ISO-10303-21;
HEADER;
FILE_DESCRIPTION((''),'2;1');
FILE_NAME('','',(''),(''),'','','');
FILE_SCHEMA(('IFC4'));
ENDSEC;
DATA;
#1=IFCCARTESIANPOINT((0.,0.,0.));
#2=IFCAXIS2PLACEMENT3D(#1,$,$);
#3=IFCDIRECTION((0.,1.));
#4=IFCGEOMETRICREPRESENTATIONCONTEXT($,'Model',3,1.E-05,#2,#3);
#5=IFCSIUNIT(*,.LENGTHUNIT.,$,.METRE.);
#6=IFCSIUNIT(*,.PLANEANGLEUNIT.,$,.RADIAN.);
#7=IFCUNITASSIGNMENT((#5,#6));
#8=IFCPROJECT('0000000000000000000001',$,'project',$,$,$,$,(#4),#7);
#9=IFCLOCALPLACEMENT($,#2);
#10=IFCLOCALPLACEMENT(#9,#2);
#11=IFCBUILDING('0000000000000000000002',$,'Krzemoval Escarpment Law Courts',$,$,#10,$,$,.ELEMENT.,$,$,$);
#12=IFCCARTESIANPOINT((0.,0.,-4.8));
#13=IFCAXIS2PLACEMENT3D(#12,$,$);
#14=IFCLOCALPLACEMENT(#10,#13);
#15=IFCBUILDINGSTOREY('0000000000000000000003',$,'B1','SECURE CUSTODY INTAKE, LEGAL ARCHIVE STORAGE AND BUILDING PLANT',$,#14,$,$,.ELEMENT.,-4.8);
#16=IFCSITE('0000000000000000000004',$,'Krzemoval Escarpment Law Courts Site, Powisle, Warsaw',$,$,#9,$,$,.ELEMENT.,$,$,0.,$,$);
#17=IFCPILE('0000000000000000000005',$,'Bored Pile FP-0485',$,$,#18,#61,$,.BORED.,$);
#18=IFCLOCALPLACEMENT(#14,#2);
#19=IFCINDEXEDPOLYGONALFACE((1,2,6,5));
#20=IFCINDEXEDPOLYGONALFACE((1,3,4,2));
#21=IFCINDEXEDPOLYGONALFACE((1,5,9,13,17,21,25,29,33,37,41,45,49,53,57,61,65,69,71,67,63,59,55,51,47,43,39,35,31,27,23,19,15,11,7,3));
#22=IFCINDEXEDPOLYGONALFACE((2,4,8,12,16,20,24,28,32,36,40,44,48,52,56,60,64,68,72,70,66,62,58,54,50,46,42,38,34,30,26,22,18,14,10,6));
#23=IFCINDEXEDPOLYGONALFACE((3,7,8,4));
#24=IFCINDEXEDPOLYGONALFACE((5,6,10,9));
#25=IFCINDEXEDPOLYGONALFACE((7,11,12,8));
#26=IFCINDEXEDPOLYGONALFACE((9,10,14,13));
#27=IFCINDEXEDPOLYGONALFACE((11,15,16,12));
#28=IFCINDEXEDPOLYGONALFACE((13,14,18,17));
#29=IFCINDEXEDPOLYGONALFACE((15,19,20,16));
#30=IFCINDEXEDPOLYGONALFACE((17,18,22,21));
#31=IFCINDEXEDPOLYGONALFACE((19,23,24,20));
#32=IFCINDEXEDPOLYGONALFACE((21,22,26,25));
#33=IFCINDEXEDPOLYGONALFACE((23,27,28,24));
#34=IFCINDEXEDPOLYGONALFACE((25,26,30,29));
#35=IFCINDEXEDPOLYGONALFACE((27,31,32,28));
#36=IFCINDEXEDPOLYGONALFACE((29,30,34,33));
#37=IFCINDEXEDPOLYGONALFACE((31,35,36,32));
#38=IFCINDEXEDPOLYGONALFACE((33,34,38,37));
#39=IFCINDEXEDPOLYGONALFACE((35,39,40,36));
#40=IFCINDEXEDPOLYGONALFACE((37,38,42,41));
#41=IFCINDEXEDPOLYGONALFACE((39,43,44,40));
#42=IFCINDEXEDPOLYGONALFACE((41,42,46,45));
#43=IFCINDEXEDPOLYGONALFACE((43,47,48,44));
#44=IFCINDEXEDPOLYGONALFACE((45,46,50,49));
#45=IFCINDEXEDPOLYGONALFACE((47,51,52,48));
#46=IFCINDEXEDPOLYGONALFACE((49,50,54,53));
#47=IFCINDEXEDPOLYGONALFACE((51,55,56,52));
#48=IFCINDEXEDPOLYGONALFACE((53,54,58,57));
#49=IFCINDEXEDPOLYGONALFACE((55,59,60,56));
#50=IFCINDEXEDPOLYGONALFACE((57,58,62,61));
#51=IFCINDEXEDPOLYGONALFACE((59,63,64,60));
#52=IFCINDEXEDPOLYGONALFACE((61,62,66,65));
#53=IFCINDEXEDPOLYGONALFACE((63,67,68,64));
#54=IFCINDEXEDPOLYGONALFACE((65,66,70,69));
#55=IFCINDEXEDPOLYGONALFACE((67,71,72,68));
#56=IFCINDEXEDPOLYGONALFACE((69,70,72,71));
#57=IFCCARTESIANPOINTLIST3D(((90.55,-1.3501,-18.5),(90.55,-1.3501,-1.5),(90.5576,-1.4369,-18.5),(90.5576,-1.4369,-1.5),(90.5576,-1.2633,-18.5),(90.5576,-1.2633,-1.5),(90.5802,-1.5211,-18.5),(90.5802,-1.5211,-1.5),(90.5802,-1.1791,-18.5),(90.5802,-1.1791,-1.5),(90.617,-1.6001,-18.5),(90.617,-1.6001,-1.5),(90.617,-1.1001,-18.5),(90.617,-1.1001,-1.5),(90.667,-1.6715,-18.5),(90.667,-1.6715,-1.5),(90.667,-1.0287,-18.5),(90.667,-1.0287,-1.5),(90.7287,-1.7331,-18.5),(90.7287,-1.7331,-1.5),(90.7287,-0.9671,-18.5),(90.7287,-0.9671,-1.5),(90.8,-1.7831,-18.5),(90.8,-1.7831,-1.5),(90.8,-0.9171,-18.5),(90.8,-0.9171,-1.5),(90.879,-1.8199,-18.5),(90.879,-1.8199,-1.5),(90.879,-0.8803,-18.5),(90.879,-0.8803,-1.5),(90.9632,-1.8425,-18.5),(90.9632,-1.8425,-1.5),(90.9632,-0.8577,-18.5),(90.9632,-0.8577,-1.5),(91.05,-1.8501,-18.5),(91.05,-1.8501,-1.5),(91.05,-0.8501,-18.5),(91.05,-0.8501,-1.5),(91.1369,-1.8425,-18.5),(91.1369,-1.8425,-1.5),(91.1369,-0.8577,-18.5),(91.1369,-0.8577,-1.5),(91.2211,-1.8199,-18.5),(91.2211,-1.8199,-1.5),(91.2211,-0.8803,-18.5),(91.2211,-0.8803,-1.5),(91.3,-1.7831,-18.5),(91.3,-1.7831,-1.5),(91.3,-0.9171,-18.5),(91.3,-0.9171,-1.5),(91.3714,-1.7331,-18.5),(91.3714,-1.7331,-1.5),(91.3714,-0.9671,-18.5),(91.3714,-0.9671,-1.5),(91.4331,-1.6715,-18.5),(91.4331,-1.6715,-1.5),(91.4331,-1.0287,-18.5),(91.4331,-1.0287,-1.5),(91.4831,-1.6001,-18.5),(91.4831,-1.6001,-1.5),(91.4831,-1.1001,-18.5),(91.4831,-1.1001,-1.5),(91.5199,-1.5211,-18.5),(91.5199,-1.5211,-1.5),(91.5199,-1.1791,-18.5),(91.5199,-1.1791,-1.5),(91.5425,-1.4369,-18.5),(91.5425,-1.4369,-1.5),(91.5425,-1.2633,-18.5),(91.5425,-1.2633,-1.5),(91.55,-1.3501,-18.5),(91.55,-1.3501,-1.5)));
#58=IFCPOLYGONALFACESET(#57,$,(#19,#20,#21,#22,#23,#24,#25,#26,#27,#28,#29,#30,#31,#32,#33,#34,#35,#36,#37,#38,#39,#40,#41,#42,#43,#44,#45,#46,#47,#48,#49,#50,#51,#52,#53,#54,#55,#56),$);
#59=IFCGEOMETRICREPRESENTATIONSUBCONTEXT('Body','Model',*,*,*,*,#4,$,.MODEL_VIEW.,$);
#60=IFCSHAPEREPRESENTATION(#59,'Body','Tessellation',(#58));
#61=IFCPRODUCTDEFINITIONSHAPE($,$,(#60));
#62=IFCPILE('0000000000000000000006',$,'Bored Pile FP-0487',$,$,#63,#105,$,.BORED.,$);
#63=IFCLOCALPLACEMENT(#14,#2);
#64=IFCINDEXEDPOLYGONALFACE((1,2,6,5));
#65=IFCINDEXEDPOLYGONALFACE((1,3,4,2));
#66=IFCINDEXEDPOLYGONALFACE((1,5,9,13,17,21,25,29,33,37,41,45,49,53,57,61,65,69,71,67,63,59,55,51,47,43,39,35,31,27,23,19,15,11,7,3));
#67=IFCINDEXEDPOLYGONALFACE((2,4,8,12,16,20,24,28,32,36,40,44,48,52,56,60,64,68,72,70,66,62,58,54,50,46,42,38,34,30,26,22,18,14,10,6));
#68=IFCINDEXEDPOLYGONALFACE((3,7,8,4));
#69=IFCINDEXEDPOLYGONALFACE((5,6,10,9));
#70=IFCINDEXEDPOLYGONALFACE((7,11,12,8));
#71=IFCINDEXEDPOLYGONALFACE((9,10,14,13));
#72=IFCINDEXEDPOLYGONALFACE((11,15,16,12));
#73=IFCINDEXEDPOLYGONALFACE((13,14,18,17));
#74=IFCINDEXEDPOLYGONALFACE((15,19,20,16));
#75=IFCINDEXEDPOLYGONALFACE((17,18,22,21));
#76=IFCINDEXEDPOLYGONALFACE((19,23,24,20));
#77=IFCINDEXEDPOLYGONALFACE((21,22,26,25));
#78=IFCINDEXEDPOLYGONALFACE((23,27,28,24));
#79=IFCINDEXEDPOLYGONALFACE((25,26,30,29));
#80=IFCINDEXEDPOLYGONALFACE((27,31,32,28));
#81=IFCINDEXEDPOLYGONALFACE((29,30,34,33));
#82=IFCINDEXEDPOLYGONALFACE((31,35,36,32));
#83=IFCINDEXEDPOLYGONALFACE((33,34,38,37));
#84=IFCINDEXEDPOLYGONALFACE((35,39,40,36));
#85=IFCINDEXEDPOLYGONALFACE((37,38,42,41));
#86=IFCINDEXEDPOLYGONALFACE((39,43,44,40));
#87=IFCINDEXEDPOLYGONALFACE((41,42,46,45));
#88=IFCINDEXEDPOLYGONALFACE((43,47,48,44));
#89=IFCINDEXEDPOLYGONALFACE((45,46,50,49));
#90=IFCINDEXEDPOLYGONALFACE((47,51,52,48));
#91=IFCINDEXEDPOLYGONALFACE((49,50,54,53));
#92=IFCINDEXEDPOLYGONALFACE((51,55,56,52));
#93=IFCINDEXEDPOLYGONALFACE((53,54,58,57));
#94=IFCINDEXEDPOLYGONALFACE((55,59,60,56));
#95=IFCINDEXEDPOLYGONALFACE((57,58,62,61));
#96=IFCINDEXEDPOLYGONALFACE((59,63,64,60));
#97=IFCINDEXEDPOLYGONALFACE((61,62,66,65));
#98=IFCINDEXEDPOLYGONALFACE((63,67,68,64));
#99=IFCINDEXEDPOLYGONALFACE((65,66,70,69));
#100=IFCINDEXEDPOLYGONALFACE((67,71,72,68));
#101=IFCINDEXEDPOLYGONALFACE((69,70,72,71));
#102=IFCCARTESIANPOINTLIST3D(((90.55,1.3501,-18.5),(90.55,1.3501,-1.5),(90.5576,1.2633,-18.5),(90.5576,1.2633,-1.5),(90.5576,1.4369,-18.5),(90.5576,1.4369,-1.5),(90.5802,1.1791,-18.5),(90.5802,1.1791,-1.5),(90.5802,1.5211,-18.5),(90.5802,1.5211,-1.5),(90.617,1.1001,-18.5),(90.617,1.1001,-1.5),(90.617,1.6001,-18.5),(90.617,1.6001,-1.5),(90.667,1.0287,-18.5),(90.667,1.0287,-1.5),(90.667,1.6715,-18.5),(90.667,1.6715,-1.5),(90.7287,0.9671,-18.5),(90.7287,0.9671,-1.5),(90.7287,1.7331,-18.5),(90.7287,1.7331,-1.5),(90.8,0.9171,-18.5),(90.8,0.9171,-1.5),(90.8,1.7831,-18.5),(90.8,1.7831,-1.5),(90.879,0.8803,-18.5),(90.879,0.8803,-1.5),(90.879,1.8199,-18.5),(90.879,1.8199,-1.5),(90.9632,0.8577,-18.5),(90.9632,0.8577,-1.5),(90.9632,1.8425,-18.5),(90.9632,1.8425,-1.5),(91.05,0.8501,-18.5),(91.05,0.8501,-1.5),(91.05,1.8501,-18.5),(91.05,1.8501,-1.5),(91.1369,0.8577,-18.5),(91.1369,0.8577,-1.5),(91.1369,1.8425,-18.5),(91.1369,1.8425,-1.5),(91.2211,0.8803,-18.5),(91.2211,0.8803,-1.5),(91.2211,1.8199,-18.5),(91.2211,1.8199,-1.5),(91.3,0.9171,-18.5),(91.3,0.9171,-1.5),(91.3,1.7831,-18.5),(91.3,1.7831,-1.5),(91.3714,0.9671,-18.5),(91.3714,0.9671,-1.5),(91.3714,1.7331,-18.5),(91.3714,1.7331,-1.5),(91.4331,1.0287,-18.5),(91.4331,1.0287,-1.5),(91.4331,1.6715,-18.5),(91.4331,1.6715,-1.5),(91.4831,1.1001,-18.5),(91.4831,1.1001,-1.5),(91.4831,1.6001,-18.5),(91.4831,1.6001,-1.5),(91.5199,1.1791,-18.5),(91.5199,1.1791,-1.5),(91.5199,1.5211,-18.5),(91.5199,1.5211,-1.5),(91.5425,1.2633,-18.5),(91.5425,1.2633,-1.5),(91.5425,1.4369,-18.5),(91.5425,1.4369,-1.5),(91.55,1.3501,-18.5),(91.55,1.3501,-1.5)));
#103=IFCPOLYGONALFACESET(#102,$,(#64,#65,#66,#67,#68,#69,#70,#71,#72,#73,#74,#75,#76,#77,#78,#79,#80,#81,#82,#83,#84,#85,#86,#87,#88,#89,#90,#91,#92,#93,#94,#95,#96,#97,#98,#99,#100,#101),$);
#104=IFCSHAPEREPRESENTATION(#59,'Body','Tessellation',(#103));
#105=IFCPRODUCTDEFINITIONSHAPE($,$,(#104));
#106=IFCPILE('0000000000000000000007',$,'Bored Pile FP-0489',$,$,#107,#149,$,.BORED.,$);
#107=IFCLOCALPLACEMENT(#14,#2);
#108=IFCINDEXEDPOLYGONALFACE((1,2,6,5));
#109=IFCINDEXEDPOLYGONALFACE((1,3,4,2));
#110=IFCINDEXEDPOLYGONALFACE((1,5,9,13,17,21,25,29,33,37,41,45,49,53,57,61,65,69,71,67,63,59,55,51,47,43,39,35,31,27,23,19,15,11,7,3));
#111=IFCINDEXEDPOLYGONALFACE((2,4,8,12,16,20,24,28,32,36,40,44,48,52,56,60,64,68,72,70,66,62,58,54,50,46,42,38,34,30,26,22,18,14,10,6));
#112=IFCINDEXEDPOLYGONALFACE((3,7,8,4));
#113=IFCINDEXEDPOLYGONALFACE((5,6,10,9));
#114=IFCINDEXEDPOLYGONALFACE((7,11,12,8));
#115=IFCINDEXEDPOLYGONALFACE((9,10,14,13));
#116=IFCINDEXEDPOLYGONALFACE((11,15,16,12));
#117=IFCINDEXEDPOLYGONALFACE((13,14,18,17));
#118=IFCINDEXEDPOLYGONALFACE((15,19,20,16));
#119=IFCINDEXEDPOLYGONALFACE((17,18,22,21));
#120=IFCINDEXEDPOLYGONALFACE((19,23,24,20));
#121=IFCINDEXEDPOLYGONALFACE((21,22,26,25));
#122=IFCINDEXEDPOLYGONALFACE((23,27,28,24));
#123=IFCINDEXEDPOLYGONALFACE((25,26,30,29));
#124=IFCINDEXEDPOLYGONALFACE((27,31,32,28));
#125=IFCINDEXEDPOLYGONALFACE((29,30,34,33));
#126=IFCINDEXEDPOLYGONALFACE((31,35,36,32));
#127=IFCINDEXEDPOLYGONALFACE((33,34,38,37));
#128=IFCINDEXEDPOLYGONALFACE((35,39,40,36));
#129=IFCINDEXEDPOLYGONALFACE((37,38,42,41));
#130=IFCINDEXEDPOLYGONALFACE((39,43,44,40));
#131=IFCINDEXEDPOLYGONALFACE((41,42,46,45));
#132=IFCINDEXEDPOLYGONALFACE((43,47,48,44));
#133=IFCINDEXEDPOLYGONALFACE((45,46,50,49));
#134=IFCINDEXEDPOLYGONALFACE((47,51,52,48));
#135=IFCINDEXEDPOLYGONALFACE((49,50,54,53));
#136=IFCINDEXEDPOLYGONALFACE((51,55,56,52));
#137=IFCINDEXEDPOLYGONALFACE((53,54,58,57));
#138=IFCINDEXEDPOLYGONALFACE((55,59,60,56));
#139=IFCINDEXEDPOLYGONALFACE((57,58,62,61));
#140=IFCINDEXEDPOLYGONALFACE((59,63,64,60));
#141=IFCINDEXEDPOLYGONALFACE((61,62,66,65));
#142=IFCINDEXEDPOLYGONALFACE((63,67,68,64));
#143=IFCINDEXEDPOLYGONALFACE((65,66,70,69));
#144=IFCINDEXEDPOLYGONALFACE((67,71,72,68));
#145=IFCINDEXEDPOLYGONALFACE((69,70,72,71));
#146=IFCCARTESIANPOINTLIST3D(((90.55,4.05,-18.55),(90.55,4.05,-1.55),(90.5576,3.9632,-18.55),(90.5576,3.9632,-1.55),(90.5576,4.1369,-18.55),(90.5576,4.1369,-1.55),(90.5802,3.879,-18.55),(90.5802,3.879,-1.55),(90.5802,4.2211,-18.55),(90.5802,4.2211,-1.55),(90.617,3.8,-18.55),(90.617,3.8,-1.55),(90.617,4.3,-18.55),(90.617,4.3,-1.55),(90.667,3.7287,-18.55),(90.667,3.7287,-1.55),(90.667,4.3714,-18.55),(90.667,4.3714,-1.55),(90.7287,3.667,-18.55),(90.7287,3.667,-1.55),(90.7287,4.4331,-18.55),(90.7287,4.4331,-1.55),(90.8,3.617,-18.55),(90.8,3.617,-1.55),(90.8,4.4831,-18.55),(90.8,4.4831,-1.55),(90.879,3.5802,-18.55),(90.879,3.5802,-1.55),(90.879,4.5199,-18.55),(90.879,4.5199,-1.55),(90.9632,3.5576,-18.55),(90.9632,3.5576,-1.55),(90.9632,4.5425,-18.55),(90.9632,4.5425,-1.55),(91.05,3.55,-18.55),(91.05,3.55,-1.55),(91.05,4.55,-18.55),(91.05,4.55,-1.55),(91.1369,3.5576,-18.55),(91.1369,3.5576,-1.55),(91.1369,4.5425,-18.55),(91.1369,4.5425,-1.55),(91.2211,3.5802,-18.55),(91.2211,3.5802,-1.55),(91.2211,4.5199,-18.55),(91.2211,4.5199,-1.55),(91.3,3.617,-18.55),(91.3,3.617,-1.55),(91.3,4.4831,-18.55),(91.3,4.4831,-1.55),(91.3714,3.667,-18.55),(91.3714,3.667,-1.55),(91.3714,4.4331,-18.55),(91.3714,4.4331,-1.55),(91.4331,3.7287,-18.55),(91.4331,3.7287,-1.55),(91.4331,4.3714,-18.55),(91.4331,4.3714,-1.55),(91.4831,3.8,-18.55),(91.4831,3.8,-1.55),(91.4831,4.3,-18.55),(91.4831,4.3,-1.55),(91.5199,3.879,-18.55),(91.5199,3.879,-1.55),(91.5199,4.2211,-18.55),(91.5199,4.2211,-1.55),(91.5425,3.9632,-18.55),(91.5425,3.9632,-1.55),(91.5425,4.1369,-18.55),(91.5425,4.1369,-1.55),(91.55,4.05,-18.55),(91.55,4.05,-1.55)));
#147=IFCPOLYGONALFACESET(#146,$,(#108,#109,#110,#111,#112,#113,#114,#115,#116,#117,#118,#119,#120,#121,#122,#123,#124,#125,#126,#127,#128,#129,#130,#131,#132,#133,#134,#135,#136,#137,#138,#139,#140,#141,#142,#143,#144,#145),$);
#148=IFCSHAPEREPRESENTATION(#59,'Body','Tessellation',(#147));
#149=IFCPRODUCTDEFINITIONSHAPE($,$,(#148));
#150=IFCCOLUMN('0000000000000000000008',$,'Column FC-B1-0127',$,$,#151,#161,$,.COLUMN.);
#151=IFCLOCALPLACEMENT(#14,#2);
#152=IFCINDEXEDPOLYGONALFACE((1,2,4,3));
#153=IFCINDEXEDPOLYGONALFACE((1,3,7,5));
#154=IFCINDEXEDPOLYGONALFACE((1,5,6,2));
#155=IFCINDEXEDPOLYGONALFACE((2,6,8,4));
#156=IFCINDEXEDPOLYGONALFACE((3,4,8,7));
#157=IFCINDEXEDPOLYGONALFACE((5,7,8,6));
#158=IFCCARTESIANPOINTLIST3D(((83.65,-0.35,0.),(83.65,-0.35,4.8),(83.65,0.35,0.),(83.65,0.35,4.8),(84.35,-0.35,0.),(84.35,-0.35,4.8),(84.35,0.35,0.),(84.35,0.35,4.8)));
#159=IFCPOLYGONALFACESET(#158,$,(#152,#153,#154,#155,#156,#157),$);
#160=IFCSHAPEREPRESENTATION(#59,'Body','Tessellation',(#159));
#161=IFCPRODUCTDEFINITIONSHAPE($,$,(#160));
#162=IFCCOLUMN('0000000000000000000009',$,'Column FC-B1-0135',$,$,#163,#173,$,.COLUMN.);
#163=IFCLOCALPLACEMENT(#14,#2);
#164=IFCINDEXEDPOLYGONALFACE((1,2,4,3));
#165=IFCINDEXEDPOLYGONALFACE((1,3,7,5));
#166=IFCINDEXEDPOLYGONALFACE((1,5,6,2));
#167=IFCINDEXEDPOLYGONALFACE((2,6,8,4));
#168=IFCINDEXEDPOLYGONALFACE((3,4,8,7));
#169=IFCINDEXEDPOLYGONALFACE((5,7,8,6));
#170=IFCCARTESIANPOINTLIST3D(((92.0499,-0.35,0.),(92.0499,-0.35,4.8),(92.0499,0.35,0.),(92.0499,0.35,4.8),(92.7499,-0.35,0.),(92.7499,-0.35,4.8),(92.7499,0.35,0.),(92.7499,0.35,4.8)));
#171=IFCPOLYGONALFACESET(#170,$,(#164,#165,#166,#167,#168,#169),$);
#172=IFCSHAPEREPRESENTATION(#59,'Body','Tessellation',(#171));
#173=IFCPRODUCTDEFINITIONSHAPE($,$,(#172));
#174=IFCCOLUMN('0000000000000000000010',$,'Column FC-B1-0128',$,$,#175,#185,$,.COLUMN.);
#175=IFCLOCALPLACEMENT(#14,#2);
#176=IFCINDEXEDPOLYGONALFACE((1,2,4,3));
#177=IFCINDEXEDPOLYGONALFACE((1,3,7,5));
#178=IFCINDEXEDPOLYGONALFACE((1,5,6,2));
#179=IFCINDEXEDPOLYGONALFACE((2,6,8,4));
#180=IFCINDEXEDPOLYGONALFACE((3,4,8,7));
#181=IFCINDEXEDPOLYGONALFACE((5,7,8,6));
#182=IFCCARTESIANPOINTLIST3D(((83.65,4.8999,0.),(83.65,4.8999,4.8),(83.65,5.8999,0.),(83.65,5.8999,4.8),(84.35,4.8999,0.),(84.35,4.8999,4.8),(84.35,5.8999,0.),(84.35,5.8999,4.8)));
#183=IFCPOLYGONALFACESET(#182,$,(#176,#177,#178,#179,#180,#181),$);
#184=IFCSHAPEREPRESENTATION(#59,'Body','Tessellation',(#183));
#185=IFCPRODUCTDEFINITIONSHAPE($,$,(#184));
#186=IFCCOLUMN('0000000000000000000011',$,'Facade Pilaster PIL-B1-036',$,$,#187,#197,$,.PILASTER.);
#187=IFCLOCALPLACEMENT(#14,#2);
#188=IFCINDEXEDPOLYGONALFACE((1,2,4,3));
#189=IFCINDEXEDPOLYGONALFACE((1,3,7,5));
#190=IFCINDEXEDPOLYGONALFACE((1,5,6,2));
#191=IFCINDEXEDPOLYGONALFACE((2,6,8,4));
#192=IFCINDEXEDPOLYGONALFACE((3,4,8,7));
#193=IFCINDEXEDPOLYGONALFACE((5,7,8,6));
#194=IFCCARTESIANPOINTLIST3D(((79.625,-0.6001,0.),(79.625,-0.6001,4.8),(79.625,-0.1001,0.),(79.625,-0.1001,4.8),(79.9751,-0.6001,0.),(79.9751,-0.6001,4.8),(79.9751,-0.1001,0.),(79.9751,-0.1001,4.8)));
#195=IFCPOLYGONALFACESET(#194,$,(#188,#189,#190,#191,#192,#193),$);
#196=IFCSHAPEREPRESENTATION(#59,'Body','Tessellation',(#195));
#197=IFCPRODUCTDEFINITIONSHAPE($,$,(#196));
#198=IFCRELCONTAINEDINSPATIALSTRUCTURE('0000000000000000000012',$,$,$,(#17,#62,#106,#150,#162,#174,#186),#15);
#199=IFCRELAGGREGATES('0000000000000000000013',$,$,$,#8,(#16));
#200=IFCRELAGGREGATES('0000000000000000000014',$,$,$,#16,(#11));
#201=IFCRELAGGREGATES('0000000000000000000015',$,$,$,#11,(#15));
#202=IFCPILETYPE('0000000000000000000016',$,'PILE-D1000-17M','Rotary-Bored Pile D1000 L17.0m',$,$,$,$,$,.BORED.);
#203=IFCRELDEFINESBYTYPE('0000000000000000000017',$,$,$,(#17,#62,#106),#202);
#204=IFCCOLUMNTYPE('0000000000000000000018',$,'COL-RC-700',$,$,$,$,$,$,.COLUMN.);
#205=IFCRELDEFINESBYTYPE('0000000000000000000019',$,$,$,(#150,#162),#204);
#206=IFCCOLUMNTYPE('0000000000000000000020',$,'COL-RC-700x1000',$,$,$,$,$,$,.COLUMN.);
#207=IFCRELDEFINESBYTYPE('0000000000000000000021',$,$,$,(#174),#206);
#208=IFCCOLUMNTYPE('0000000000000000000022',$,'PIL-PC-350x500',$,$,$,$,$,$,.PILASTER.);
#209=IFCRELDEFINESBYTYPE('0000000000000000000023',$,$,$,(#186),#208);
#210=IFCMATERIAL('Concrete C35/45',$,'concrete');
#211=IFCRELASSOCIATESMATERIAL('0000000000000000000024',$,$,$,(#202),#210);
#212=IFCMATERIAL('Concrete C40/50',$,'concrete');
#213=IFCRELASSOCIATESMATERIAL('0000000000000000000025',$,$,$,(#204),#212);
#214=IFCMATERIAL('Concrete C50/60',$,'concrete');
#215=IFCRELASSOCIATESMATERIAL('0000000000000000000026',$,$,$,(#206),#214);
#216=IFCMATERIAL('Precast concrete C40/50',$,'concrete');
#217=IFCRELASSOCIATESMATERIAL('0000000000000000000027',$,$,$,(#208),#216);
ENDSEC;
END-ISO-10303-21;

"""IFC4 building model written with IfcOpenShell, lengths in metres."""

from ifc_helpers import new_model, si_unit, direction, frame, origin, origin_2d, place, context, subcontext, project, spatial, rectangle, circle, extrude, material, material_profile, profile_set, type_object, element, save


model = new_model("IFC4")

# Units and contexts
model_context = context("Model", 3, precision=1e-05, world=origin(), true_north=direction((0.0, 1.0)))
body_context = subcontext(model_context, "Body", "Model", "MODEL_VIEW")
ifc_project = project(units=[si_unit("LENGTHUNIT", "METRE"), si_unit("PLANEANGLEUNIT", "RADIAN")], contexts=[model_context])

# Site, building, storey
site_placement = place(None, origin())
site = spatial("IfcSite", under=ifc_project, at=site_placement, Name="Krzemoval Escarpment Law Courts Site, Powisle, Warsaw", CompositionType="ELEMENT", RefElevation=0.0)
building_placement = place(site_placement, origin())
building = spatial("IfcBuilding", under=site, at=building_placement, Name="Krzemoval Escarpment Law Courts", CompositionType="ELEMENT")
storey_placement = place(building_placement, frame((0.0, 0.0, -4.8)))
storey = spatial("IfcBuildingStorey", under=building, at=storey_placement, Name="B1", Description="SECURE CUSTODY INTAKE, LEGAL ARCHIVE STORAGE AND BUILDING PLANT", CompositionType="ELEMENT", Elevation=-4.8)

# Piles
ifc_material_1 = material(Name="Concrete C35/45", Category="concrete")
ifc_material_profile_1 = material_profile(ifc_material_1, circle(Radius=0.5, at=origin_2d()), Name="PILE D1000")
ifc_profile_set_1 = profile_set([ifc_material_profile_1], Name="Concrete C35/45")
pile_type = type_object("IfcPileType", Name="PILE-D1000-17M", Description="Rotary-Bored Pile D1000 L17.0m", PredefinedType="BORED", material=ifc_profile_set_1)
for number, where, z_axis, x_axis, name in (
    (1, (91.05, -1.3501, -1.5), (0.0, 0.0, -1.0), (1.0, 0.0, 0.0), "Bored Pile FP-0485"),
    (2, (91.05, 1.3501, -1.5), (0.0, 0.0, -1.0), (1.0, 0.0, 0.0), "Bored Pile FP-0487"),
    (3, (91.05, 4.05, -1.55), (0.0, 0.0, -1.0), (1.0, 0.0, 0.0), "Bored Pile FP-0489"),
):
    element("IfcPile", number, at=place(storey_placement, frame(where, z_axis=z_axis, x_axis=x_axis)), inside=storey, type_object=pile_type, Name=name, PredefinedType="BORED", context=body_context, shape_type="SweptSolid", body=[
        extrude(circle(Radius=0.5, at=origin_2d()), origin(), (0.0, 0.0, 1.0), 17.0),
    ])

# Columns
ifc_material_2 = material(Name="Concrete C40/50", Category="concrete")
ifc_material_profile_2 = material_profile(ifc_material_2, rectangle(XDim=0.7, YDim=0.7, at=origin_2d()), Name="RC 700x700")
ifc_profile_set_2 = profile_set([ifc_material_profile_2], Name="Concrete C40/50")
column_type_1 = type_object("IfcColumnType", Name="COL-RC-700", PredefinedType="COLUMN", material=ifc_profile_set_2)
for number, where, z_axis, x_axis, name in (
    (4, (84.0, 0.0, 0.0), (0.0, 0.0, 1.0), (1.0, 0.0, 0.0), "Column FC-B1-0127"),
    (5, (92.3999, 0.0, 0.0), (0.0, 0.0, 1.0), (1.0, 0.0, 0.0), "Column FC-B1-0135"),
):
    element("IfcColumn", number, at=place(storey_placement, frame(where, z_axis=z_axis, x_axis=x_axis)), inside=storey, type_object=column_type_1, Name=name, PredefinedType="COLUMN", context=body_context, shape_type="SweptSolid", body=[
        extrude(rectangle(XDim=0.7, YDim=0.7, at=origin_2d()), origin(), (0.0, 0.0, 1.0), 4.8),
    ])
ifc_material_3 = material(Name="Concrete C50/60", Category="concrete")
ifc_material_profile_3 = material_profile(ifc_material_3, rectangle(XDim=0.7, YDim=1.0, at=origin_2d()), Name="RC 700x1000")
ifc_profile_set_3 = profile_set([ifc_material_profile_3], Name="Concrete C50/60")
column_type_2 = type_object("IfcColumnType", Name="COL-RC-700x1000", PredefinedType="COLUMN", material=ifc_profile_set_3)
column_1_placement = place(storey_placement, frame((84.0, 5.3999, 0.0), z_axis=(0.0, 0.0, 1.0), x_axis=(1.0, 0.0, 0.0)))
element("IfcColumn", 6, at=column_1_placement, inside=storey, type_object=column_type_2, Name="Column FC-B1-0128", PredefinedType="COLUMN", context=body_context, shape_type="SweptSolid", body=[
    extrude(rectangle(XDim=0.7, YDim=1.0, at=origin_2d()), origin(), (0.0, 0.0, 1.0), 4.8),
])
ifc_material_4 = material(Name="Precast concrete C40/50", Category="concrete")
ifc_material_profile_4 = material_profile(ifc_material_4, rectangle(XDim=0.3501, YDim=0.5, at=origin_2d()), Name="PIL 350x500")
ifc_profile_set_4 = profile_set([ifc_material_profile_4], Name="Precast concrete C40/50")
column_type_3 = type_object("IfcColumnType", Name="PIL-PC-350x500", PredefinedType="PILASTER", material=ifc_profile_set_4)
column_2_placement = place(storey_placement, frame((79.8, -0.3501, 0.0), z_axis=(0.0, 0.0, 1.0), x_axis=(1.0, 0.0, 0.0)))
element("IfcColumn", 7, at=column_2_placement, inside=storey, type_object=column_type_3, Name="Facade Pilaster PIL-B1-036", PredefinedType="PILASTER", context=body_context, shape_type="SweptSolid", body=[
    extrude(rectangle(XDim=0.3501, YDim=0.5, at=origin_2d()), origin(), (0.0, 0.0, 1.0), 4.8),
])

save(model, "model.ifc")
